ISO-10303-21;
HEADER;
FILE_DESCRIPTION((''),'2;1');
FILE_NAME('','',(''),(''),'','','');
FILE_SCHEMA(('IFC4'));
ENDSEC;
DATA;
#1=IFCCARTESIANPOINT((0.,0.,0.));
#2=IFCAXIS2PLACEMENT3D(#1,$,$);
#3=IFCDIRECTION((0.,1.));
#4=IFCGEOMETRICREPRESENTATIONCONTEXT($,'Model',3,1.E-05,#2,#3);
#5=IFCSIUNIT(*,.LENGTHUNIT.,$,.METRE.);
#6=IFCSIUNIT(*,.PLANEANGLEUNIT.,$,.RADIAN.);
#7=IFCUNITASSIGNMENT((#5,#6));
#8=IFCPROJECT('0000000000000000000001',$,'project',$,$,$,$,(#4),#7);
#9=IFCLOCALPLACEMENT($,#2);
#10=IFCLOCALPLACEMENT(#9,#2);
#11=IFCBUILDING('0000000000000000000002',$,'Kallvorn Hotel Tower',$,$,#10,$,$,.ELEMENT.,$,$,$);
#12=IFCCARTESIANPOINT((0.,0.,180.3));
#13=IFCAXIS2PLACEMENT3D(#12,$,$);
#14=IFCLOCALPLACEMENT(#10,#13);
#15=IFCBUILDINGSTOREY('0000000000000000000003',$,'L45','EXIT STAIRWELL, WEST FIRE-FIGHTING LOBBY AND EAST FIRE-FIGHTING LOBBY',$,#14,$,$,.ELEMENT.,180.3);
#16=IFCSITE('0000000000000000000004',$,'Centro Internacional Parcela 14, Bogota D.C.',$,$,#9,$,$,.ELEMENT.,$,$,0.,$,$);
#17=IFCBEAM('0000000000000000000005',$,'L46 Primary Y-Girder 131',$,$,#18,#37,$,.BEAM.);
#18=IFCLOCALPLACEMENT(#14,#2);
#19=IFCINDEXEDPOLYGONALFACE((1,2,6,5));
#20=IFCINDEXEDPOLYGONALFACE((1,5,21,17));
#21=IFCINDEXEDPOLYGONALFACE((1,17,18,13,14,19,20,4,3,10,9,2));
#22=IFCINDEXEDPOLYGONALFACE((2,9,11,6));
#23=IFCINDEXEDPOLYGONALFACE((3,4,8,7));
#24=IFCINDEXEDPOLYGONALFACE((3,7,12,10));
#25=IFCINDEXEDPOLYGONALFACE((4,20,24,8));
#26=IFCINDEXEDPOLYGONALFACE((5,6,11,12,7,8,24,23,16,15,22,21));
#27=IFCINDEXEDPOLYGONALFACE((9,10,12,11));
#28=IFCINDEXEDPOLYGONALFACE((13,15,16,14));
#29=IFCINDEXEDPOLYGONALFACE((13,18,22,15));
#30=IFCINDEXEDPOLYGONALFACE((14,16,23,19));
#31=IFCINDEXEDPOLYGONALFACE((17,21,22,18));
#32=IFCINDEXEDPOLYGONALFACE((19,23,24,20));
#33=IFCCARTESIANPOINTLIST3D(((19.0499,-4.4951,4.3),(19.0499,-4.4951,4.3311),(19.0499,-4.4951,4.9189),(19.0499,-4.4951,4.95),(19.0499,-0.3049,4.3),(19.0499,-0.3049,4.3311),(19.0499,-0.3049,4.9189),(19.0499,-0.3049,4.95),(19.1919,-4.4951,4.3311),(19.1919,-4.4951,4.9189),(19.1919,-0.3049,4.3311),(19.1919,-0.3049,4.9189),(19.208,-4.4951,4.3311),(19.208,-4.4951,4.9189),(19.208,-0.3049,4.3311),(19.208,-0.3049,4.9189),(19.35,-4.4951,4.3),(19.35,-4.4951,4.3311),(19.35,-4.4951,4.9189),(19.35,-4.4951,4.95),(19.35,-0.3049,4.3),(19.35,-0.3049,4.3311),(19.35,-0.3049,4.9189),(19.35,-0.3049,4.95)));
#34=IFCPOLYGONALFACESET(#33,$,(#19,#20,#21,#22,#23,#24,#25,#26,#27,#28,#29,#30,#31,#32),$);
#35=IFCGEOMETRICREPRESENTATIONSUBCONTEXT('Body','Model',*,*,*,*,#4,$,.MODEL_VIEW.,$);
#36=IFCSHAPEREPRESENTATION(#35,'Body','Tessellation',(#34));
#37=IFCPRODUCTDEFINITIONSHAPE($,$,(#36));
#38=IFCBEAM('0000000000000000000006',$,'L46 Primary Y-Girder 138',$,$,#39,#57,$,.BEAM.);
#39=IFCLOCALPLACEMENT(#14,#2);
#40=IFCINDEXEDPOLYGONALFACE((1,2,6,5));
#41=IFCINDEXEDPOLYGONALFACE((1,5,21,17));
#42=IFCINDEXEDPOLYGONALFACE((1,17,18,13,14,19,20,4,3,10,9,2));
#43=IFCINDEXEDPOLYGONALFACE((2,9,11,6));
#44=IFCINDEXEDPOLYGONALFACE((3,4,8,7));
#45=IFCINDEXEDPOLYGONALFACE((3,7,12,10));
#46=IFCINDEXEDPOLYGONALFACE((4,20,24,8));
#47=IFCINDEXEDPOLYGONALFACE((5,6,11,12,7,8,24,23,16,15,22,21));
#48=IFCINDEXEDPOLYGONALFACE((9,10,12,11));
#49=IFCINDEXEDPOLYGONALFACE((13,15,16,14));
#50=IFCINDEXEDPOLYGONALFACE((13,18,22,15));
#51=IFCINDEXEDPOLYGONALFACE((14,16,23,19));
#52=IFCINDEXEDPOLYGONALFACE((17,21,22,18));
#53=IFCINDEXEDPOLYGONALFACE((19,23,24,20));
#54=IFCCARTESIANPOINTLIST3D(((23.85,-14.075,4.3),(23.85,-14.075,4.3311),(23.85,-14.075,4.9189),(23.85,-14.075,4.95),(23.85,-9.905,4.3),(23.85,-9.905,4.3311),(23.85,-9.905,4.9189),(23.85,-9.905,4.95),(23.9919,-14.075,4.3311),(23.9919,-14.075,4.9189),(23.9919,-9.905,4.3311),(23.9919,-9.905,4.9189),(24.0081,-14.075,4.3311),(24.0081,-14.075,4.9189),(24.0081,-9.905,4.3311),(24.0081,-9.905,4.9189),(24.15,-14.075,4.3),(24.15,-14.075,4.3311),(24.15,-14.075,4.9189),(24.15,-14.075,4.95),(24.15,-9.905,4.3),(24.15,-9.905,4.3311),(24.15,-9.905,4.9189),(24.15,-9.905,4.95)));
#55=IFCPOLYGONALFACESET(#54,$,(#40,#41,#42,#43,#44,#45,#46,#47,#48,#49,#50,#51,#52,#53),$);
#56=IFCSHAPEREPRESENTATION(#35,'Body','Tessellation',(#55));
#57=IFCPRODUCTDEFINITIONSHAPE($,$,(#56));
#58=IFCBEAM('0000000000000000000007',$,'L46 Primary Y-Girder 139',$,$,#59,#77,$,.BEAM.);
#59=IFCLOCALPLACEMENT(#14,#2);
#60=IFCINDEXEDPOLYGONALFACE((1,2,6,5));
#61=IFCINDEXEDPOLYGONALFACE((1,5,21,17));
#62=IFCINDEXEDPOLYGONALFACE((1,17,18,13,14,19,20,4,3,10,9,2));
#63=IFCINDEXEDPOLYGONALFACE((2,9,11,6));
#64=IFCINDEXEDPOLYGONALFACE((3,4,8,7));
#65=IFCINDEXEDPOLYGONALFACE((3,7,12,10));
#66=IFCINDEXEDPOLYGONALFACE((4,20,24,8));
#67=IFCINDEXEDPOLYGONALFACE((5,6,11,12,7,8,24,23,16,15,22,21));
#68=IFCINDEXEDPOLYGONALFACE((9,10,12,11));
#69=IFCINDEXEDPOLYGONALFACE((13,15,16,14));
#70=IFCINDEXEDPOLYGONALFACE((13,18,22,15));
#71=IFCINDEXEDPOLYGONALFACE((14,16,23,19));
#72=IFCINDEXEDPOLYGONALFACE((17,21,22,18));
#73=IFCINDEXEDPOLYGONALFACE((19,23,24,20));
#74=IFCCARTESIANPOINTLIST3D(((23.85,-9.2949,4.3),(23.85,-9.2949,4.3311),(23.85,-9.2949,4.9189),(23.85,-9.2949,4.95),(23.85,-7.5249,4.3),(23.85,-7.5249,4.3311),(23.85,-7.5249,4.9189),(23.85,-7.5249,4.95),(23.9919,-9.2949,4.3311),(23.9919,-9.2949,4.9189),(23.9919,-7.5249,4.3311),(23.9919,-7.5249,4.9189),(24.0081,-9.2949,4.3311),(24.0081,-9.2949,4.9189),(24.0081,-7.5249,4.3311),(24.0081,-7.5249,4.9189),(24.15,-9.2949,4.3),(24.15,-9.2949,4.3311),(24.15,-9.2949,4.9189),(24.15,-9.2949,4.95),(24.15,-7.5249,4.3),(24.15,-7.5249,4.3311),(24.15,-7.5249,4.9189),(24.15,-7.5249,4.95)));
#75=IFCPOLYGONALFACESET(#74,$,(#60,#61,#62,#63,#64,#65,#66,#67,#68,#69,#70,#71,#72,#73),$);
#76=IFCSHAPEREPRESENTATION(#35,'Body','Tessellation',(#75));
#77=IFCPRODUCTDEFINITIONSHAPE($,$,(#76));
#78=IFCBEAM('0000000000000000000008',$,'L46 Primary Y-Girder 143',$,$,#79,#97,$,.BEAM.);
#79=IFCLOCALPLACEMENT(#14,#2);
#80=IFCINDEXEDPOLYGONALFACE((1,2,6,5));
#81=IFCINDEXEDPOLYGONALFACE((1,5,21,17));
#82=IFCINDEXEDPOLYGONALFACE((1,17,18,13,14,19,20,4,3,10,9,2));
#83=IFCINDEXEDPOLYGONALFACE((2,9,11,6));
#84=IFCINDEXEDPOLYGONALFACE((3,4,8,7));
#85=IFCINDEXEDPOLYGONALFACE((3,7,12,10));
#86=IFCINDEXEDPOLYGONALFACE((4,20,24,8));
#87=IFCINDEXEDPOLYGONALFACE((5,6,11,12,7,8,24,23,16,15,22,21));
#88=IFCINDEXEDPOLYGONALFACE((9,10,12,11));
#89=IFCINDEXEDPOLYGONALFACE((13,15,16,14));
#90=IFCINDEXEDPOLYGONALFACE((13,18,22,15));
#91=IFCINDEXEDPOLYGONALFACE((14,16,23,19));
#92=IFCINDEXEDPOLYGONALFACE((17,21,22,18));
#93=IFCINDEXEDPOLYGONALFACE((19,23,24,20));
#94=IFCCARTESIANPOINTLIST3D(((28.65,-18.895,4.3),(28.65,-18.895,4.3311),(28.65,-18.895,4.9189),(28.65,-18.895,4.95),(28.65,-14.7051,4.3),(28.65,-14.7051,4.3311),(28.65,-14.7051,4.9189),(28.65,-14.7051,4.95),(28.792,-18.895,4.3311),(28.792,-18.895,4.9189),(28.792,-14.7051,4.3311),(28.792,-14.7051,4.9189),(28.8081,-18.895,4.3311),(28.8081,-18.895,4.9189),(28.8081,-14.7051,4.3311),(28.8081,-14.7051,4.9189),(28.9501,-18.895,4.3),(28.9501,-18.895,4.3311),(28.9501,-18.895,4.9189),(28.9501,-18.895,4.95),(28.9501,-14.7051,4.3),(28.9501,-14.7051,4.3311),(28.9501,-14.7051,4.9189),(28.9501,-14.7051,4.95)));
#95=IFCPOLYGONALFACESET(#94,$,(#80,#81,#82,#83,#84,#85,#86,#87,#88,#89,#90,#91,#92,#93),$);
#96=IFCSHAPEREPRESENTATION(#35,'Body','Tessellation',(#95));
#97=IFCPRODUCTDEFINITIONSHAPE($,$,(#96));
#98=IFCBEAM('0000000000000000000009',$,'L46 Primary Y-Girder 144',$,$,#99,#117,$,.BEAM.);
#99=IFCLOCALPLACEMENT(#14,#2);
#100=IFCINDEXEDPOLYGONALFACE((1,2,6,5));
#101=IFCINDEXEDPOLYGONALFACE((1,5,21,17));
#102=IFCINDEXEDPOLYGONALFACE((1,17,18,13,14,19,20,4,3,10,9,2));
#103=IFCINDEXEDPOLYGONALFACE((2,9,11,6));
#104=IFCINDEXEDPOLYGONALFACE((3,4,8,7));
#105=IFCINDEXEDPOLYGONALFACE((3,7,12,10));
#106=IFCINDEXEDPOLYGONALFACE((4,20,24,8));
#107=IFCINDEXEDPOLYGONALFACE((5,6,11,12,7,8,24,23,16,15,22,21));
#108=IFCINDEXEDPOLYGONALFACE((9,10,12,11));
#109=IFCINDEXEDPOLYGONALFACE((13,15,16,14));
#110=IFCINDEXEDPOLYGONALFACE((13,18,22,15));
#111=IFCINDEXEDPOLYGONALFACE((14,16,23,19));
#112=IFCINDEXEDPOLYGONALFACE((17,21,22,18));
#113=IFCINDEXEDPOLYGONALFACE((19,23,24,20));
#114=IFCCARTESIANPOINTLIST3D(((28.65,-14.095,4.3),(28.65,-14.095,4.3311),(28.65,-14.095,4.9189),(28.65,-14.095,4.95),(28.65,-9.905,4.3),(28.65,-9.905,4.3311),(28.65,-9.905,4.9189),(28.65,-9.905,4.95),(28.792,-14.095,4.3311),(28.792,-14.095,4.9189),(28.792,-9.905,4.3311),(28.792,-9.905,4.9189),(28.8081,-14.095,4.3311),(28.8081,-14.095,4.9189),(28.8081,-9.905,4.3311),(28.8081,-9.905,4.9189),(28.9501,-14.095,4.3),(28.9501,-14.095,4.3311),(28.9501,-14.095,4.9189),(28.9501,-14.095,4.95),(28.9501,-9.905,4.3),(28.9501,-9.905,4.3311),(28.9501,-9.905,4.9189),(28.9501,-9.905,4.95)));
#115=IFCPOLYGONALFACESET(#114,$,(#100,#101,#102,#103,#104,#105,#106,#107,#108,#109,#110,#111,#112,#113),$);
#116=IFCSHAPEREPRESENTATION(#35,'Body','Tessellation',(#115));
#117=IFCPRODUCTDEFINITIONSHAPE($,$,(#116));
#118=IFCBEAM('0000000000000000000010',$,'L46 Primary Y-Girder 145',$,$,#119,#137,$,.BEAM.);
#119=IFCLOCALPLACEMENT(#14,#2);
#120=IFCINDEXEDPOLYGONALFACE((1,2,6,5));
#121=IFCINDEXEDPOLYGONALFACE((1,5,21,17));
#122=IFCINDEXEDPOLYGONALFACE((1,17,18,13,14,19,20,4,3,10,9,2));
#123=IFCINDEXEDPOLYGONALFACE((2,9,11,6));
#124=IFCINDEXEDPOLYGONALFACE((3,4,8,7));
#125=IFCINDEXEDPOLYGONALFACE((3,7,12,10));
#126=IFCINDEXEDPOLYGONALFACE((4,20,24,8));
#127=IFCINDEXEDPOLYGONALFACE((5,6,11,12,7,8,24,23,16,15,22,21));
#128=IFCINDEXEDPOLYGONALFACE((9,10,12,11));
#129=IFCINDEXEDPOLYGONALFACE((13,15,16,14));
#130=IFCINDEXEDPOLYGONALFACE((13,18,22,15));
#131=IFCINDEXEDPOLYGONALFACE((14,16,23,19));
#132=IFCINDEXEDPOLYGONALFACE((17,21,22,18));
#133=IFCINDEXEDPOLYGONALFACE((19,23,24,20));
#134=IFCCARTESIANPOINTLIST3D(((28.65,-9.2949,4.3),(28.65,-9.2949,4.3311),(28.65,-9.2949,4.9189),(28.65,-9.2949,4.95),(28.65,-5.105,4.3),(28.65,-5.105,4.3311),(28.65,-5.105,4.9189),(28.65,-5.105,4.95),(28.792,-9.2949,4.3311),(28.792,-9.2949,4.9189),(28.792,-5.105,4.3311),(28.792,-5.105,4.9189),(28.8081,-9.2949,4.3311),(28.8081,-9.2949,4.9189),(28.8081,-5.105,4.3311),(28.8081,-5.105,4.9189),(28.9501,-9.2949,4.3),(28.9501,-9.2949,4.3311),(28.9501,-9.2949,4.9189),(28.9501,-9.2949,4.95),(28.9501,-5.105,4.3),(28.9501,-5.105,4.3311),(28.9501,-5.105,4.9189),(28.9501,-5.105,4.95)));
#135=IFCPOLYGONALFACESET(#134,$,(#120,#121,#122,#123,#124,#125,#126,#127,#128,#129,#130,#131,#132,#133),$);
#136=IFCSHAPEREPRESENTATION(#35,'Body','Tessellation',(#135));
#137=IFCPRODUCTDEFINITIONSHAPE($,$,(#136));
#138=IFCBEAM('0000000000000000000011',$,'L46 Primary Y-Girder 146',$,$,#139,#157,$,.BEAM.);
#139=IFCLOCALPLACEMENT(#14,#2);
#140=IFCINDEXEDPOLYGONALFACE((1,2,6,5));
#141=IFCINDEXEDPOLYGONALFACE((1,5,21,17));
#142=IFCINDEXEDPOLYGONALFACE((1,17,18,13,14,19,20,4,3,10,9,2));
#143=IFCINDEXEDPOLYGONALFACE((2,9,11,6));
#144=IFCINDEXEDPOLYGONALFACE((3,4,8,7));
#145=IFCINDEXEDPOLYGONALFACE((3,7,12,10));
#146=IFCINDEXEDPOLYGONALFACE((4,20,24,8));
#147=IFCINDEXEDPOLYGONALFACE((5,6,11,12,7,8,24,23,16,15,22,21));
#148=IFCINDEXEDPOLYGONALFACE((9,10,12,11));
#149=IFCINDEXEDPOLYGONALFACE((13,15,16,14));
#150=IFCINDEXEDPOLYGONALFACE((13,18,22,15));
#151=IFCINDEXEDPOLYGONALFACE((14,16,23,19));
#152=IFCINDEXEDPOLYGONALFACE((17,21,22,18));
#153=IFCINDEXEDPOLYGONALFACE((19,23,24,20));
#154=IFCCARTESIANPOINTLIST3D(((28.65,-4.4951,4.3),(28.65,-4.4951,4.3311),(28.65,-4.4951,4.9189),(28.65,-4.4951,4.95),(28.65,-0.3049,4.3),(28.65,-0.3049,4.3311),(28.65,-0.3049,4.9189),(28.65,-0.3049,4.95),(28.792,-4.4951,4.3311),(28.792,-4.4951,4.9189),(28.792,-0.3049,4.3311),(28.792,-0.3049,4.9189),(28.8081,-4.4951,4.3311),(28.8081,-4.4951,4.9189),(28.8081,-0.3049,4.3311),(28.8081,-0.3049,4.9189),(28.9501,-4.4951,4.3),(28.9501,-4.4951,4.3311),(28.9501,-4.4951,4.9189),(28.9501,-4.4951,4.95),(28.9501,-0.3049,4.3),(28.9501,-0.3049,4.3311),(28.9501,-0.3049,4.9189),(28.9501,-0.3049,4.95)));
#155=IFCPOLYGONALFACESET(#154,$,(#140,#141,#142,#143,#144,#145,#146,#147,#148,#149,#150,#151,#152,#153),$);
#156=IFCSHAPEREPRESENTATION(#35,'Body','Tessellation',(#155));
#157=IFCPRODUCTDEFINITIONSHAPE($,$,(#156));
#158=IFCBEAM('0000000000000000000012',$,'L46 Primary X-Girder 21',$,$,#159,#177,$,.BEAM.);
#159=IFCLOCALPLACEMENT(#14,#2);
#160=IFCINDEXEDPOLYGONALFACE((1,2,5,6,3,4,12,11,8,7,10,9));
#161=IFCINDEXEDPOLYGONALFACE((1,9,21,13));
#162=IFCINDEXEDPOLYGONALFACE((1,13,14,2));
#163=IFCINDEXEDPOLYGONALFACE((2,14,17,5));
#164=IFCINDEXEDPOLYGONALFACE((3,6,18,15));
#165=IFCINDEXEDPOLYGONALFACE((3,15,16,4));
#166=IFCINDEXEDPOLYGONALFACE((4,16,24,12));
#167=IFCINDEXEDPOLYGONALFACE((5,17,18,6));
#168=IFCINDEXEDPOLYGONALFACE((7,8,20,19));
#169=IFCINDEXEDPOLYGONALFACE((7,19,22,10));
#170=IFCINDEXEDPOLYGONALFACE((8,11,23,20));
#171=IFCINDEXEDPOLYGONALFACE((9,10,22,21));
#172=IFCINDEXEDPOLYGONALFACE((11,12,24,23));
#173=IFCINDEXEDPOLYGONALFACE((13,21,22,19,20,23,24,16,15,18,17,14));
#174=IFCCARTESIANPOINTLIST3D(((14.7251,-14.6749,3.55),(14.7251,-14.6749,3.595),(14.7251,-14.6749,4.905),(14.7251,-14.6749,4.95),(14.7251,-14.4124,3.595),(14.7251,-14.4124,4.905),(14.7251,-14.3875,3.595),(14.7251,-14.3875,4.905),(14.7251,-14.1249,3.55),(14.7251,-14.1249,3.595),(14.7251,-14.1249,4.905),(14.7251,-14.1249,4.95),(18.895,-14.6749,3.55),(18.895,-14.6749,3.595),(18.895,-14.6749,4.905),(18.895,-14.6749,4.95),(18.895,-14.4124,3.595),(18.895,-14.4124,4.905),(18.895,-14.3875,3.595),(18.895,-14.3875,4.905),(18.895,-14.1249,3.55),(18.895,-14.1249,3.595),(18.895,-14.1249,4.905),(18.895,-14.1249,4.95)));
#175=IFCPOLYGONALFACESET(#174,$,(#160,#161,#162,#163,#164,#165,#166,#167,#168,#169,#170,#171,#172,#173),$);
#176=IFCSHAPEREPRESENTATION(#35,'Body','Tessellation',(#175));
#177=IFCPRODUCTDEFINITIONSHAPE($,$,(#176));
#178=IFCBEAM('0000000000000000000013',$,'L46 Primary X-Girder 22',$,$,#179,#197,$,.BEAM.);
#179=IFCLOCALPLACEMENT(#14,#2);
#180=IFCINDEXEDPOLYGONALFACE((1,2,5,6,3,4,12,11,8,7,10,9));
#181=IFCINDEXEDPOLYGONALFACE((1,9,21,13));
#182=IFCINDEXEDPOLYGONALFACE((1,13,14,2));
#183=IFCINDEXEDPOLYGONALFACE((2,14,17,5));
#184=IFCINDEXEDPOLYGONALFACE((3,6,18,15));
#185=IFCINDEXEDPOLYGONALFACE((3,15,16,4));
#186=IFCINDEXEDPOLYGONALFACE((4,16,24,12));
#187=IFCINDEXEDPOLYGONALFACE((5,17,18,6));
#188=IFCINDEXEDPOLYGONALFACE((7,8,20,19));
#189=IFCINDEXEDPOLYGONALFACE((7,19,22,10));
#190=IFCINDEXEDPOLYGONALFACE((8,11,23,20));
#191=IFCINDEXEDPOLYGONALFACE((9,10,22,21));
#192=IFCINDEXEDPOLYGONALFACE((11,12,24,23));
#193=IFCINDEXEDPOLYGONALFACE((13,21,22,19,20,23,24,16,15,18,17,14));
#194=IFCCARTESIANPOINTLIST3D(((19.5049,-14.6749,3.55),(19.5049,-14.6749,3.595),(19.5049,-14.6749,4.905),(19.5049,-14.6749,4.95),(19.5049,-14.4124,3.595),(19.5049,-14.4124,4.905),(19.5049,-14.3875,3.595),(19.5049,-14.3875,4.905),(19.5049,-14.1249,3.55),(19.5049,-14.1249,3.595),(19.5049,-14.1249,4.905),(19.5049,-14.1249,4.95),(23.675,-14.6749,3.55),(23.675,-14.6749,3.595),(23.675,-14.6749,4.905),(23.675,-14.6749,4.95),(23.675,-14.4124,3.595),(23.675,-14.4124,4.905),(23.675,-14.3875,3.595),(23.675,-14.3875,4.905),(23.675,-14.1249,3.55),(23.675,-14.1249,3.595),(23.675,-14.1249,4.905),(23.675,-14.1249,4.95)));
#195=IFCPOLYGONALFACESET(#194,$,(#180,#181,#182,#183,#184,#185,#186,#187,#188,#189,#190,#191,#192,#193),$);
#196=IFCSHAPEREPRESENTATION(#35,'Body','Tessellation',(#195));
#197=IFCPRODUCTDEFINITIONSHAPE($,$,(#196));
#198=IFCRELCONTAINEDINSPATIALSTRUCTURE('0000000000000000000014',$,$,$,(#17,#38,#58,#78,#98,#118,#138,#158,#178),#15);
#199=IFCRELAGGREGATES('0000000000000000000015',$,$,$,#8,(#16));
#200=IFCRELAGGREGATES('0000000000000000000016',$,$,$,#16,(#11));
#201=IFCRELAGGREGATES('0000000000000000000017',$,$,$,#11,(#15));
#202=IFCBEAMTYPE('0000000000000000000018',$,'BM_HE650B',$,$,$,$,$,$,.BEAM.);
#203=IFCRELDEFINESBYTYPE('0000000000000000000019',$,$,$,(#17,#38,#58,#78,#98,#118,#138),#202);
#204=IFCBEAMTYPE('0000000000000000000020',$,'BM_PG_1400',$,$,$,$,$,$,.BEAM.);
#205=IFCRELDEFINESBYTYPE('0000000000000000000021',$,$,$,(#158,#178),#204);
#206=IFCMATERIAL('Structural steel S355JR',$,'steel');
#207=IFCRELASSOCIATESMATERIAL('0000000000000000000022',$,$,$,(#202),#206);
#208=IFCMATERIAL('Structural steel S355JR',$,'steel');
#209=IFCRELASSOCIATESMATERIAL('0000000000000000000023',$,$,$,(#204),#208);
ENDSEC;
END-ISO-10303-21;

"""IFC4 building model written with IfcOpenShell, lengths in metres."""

from ifc_helpers import new_model, si_unit, direction, frame, origin, origin_2d, place, context, subcontext, project, spatial, i_section, extrude, material, material_profile, profile_set, type_object, element, save


model = new_model("IFC4")

# Units and contexts
model_context = context("Model", 3, precision=1e-05, world=origin(), true_north=direction((0.0, 1.0)))
body_context = subcontext(model_context, "Body", "Model", "MODEL_VIEW")
ifc_project = project(units=[si_unit("LENGTHUNIT", "METRE"), si_unit("PLANEANGLEUNIT", "RADIAN")], contexts=[model_context])

# Site, building, storey
site_placement = place(None, origin())
site = spatial("IfcSite", under=ifc_project, at=site_placement, Name="Centro Internacional Parcela 14, Bogota D.C.", CompositionType="ELEMENT", RefElevation=0.0)
building_placement = place(site_placement, origin())
building = spatial("IfcBuilding", under=site, at=building_placement, Name="Kallvorn Hotel Tower", CompositionType="ELEMENT")
storey_placement = place(building_placement, frame((0.0, 0.0, 180.3)))
storey = spatial("IfcBuildingStorey", under=building, at=storey_placement, Name="L45", Description="EXIT STAIRWELL, WEST FIRE-FIGHTING LOBBY AND EAST FIRE-FIGHTING LOBBY", CompositionType="ELEMENT", Elevation=180.3)

# Beams
ifc_material_1 = material(Name="Structural steel S355JR", Category="steel")
ifc_material_profile_1 = material_profile(ifc_material_1, i_section(OverallWidth=0.3, OverallDepth=0.6499, WebThickness=0.0161, FlangeThickness=0.031, at=origin_2d()), Name="HE 650 B")
ifc_profile_set_1 = profile_set([ifc_material_profile_1], Name="Structural steel S355JR")
beam_type_1 = type_object("IfcBeamType", Name="BM_HE650B", PredefinedType="BEAM", material=ifc_profile_set_1)
beam_1_placement = place(storey_placement, frame((19.2, -4.4951, 4.625), z_axis=(0.0, 1.0, 0.0), x_axis=(-1.0, 0.0, 0.0)))
element("IfcBeam", 1, at=beam_1_placement, inside=storey, type_object=beam_type_1, Name="L46 Primary Y-Girder 131", PredefinedType="BEAM", context=body_context, shape_type="SweptSolid", body=[
    extrude(i_section(OverallWidth=0.3, OverallDepth=0.6499, WebThickness=0.0161, FlangeThickness=0.031, at=origin_2d()), origin(), (0.0, 0.0, 1.0), 4.1902),
])
beam_2_placement = place(storey_placement, frame((24.0, -14.075, 4.625), z_axis=(0.0, 1.0, 0.0), x_axis=(-1.0, 0.0, 0.0)))
element("IfcBeam", 2, at=beam_2_placement, inside=storey, type_object=beam_type_1, Name="L46 Primary Y-Girder 138", PredefinedType="BEAM", context=body_context, shape_type="SweptSolid", body=[
    extrude(i_section(OverallWidth=0.3, OverallDepth=0.6499, WebThickness=0.0161, FlangeThickness=0.031, at=origin_2d()), origin(), (0.0, 0.0, 1.0), 4.1699),
])
beam_3_placement = place(storey_placement, frame((24.0, -9.2949, 4.625), z_axis=(0.0, 1.0, 0.0), x_axis=(-1.0, 0.0, 0.0)))
element("IfcBeam", 3, at=beam_3_placement, inside=storey, type_object=beam_type_1, Name="L46 Primary Y-Girder 139", PredefinedType="BEAM", context=body_context, shape_type="SweptSolid", body=[
    extrude(i_section(OverallWidth=0.3, OverallDepth=0.6499, WebThickness=0.0161, FlangeThickness=0.031, at=origin_2d()), origin(), (0.0, 0.0, 1.0), 1.77),
])
for number, where, z_axis, x_axis, name in (
    (4, (28.8, -18.895, 4.625), (0.0, 1.0, 0.0), (-1.0, 0.0, 0.0), "L46 Primary Y-Girder 143"),
    (5, (28.8, -14.095, 4.625), (0.0, 1.0, 0.0), (-1.0, 0.0, 0.0), "L46 Primary Y-Girder 144"),
    (6, (28.8, -9.2949, 4.625), (0.0, 1.0, 0.0), (-1.0, 0.0, 0.0), "L46 Primary Y-Girder 145"),
):
    element("IfcBeam", number, at=place(storey_placement, frame(where, z_axis=z_axis, x_axis=x_axis)), inside=storey, type_object=beam_type_1, Name=name, PredefinedType="BEAM", context=body_context, shape_type="SweptSolid", body=[
        extrude(i_section(OverallWidth=0.3, OverallDepth=0.6499, WebThickness=0.0161, FlangeThickness=0.031, at=origin_2d()), origin(), (0.0, 0.0, 1.0), 4.1899),
    ])
beam_4_placement = place(storey_placement, frame((28.8, -4.4951, 4.625), z_axis=(0.0, 1.0, 0.0), x_axis=(-1.0, 0.0, 0.0)))
element("IfcBeam", 7, at=beam_4_placement, inside=storey, type_object=beam_type_1, Name="L46 Primary Y-Girder 146", PredefinedType="BEAM", context=body_context, shape_type="SweptSolid", body=[
    extrude(i_section(OverallWidth=0.3, OverallDepth=0.6499, WebThickness=0.0161, FlangeThickness=0.031, at=origin_2d()), origin(), (0.0, 0.0, 1.0), 4.1902),
])
ifc_material_2 = material(Name="Structural steel S355JR", Category="steel")
ifc_material_profile_2 = material_profile(ifc_material_2, i_section(OverallWidth=0.55, OverallDepth=1.3999, WebThickness=0.0249, FlangeThickness=0.0449, at=origin_2d()), Name="PG 1400x550x25x45")
ifc_profile_set_2 = profile_set([ifc_material_profile_2], Name="Structural steel S355JR")
beam_type_2 = type_object("IfcBeamType", Name="BM_PG_1400", PredefinedType="BEAM", material=ifc_profile_set_2)
beam_5_placement = place(storey_placement, frame((14.7251, -14.3999, 4.25), z_axis=(1.0, 0.0, 0.0), x_axis=(0.0, 1.0, 0.0)))
element("IfcBeam", 8, at=beam_5_placement, inside=storey, type_object=beam_type_2, Name="L46 Primary X-Girder 21", PredefinedType="BEAM", context=body_context, shape_type="SweptSolid", body=[
    extrude(i_section(OverallWidth=0.55, OverallDepth=1.3999, WebThickness=0.0249, FlangeThickness=0.0449, at=origin_2d()), origin(), (0.0, 0.0, 1.0), 4.1699),
])
for number, where, z_axis, x_axis, name in (
    (9, (19.5049, -14.3999, 4.25), (1.0, 0.0, 0.0), (0.0, 1.0, 0.0), "L46 Primary X-Girder 22"),
):
    element("IfcBeam", number, at=place(storey_placement, frame(where, z_axis=z_axis, x_axis=x_axis)), inside=storey, type_object=beam_type_2, Name=name, PredefinedType="BEAM", context=body_context, shape_type="SweptSolid", body=[
        extrude(i_section(OverallWidth=0.55, OverallDepth=1.3999, WebThickness=0.0249, FlangeThickness=0.0449, at=origin_2d()), origin(), (0.0, 0.0, 1.0), 4.1702),
    ])

save(model, "model.ifc")
